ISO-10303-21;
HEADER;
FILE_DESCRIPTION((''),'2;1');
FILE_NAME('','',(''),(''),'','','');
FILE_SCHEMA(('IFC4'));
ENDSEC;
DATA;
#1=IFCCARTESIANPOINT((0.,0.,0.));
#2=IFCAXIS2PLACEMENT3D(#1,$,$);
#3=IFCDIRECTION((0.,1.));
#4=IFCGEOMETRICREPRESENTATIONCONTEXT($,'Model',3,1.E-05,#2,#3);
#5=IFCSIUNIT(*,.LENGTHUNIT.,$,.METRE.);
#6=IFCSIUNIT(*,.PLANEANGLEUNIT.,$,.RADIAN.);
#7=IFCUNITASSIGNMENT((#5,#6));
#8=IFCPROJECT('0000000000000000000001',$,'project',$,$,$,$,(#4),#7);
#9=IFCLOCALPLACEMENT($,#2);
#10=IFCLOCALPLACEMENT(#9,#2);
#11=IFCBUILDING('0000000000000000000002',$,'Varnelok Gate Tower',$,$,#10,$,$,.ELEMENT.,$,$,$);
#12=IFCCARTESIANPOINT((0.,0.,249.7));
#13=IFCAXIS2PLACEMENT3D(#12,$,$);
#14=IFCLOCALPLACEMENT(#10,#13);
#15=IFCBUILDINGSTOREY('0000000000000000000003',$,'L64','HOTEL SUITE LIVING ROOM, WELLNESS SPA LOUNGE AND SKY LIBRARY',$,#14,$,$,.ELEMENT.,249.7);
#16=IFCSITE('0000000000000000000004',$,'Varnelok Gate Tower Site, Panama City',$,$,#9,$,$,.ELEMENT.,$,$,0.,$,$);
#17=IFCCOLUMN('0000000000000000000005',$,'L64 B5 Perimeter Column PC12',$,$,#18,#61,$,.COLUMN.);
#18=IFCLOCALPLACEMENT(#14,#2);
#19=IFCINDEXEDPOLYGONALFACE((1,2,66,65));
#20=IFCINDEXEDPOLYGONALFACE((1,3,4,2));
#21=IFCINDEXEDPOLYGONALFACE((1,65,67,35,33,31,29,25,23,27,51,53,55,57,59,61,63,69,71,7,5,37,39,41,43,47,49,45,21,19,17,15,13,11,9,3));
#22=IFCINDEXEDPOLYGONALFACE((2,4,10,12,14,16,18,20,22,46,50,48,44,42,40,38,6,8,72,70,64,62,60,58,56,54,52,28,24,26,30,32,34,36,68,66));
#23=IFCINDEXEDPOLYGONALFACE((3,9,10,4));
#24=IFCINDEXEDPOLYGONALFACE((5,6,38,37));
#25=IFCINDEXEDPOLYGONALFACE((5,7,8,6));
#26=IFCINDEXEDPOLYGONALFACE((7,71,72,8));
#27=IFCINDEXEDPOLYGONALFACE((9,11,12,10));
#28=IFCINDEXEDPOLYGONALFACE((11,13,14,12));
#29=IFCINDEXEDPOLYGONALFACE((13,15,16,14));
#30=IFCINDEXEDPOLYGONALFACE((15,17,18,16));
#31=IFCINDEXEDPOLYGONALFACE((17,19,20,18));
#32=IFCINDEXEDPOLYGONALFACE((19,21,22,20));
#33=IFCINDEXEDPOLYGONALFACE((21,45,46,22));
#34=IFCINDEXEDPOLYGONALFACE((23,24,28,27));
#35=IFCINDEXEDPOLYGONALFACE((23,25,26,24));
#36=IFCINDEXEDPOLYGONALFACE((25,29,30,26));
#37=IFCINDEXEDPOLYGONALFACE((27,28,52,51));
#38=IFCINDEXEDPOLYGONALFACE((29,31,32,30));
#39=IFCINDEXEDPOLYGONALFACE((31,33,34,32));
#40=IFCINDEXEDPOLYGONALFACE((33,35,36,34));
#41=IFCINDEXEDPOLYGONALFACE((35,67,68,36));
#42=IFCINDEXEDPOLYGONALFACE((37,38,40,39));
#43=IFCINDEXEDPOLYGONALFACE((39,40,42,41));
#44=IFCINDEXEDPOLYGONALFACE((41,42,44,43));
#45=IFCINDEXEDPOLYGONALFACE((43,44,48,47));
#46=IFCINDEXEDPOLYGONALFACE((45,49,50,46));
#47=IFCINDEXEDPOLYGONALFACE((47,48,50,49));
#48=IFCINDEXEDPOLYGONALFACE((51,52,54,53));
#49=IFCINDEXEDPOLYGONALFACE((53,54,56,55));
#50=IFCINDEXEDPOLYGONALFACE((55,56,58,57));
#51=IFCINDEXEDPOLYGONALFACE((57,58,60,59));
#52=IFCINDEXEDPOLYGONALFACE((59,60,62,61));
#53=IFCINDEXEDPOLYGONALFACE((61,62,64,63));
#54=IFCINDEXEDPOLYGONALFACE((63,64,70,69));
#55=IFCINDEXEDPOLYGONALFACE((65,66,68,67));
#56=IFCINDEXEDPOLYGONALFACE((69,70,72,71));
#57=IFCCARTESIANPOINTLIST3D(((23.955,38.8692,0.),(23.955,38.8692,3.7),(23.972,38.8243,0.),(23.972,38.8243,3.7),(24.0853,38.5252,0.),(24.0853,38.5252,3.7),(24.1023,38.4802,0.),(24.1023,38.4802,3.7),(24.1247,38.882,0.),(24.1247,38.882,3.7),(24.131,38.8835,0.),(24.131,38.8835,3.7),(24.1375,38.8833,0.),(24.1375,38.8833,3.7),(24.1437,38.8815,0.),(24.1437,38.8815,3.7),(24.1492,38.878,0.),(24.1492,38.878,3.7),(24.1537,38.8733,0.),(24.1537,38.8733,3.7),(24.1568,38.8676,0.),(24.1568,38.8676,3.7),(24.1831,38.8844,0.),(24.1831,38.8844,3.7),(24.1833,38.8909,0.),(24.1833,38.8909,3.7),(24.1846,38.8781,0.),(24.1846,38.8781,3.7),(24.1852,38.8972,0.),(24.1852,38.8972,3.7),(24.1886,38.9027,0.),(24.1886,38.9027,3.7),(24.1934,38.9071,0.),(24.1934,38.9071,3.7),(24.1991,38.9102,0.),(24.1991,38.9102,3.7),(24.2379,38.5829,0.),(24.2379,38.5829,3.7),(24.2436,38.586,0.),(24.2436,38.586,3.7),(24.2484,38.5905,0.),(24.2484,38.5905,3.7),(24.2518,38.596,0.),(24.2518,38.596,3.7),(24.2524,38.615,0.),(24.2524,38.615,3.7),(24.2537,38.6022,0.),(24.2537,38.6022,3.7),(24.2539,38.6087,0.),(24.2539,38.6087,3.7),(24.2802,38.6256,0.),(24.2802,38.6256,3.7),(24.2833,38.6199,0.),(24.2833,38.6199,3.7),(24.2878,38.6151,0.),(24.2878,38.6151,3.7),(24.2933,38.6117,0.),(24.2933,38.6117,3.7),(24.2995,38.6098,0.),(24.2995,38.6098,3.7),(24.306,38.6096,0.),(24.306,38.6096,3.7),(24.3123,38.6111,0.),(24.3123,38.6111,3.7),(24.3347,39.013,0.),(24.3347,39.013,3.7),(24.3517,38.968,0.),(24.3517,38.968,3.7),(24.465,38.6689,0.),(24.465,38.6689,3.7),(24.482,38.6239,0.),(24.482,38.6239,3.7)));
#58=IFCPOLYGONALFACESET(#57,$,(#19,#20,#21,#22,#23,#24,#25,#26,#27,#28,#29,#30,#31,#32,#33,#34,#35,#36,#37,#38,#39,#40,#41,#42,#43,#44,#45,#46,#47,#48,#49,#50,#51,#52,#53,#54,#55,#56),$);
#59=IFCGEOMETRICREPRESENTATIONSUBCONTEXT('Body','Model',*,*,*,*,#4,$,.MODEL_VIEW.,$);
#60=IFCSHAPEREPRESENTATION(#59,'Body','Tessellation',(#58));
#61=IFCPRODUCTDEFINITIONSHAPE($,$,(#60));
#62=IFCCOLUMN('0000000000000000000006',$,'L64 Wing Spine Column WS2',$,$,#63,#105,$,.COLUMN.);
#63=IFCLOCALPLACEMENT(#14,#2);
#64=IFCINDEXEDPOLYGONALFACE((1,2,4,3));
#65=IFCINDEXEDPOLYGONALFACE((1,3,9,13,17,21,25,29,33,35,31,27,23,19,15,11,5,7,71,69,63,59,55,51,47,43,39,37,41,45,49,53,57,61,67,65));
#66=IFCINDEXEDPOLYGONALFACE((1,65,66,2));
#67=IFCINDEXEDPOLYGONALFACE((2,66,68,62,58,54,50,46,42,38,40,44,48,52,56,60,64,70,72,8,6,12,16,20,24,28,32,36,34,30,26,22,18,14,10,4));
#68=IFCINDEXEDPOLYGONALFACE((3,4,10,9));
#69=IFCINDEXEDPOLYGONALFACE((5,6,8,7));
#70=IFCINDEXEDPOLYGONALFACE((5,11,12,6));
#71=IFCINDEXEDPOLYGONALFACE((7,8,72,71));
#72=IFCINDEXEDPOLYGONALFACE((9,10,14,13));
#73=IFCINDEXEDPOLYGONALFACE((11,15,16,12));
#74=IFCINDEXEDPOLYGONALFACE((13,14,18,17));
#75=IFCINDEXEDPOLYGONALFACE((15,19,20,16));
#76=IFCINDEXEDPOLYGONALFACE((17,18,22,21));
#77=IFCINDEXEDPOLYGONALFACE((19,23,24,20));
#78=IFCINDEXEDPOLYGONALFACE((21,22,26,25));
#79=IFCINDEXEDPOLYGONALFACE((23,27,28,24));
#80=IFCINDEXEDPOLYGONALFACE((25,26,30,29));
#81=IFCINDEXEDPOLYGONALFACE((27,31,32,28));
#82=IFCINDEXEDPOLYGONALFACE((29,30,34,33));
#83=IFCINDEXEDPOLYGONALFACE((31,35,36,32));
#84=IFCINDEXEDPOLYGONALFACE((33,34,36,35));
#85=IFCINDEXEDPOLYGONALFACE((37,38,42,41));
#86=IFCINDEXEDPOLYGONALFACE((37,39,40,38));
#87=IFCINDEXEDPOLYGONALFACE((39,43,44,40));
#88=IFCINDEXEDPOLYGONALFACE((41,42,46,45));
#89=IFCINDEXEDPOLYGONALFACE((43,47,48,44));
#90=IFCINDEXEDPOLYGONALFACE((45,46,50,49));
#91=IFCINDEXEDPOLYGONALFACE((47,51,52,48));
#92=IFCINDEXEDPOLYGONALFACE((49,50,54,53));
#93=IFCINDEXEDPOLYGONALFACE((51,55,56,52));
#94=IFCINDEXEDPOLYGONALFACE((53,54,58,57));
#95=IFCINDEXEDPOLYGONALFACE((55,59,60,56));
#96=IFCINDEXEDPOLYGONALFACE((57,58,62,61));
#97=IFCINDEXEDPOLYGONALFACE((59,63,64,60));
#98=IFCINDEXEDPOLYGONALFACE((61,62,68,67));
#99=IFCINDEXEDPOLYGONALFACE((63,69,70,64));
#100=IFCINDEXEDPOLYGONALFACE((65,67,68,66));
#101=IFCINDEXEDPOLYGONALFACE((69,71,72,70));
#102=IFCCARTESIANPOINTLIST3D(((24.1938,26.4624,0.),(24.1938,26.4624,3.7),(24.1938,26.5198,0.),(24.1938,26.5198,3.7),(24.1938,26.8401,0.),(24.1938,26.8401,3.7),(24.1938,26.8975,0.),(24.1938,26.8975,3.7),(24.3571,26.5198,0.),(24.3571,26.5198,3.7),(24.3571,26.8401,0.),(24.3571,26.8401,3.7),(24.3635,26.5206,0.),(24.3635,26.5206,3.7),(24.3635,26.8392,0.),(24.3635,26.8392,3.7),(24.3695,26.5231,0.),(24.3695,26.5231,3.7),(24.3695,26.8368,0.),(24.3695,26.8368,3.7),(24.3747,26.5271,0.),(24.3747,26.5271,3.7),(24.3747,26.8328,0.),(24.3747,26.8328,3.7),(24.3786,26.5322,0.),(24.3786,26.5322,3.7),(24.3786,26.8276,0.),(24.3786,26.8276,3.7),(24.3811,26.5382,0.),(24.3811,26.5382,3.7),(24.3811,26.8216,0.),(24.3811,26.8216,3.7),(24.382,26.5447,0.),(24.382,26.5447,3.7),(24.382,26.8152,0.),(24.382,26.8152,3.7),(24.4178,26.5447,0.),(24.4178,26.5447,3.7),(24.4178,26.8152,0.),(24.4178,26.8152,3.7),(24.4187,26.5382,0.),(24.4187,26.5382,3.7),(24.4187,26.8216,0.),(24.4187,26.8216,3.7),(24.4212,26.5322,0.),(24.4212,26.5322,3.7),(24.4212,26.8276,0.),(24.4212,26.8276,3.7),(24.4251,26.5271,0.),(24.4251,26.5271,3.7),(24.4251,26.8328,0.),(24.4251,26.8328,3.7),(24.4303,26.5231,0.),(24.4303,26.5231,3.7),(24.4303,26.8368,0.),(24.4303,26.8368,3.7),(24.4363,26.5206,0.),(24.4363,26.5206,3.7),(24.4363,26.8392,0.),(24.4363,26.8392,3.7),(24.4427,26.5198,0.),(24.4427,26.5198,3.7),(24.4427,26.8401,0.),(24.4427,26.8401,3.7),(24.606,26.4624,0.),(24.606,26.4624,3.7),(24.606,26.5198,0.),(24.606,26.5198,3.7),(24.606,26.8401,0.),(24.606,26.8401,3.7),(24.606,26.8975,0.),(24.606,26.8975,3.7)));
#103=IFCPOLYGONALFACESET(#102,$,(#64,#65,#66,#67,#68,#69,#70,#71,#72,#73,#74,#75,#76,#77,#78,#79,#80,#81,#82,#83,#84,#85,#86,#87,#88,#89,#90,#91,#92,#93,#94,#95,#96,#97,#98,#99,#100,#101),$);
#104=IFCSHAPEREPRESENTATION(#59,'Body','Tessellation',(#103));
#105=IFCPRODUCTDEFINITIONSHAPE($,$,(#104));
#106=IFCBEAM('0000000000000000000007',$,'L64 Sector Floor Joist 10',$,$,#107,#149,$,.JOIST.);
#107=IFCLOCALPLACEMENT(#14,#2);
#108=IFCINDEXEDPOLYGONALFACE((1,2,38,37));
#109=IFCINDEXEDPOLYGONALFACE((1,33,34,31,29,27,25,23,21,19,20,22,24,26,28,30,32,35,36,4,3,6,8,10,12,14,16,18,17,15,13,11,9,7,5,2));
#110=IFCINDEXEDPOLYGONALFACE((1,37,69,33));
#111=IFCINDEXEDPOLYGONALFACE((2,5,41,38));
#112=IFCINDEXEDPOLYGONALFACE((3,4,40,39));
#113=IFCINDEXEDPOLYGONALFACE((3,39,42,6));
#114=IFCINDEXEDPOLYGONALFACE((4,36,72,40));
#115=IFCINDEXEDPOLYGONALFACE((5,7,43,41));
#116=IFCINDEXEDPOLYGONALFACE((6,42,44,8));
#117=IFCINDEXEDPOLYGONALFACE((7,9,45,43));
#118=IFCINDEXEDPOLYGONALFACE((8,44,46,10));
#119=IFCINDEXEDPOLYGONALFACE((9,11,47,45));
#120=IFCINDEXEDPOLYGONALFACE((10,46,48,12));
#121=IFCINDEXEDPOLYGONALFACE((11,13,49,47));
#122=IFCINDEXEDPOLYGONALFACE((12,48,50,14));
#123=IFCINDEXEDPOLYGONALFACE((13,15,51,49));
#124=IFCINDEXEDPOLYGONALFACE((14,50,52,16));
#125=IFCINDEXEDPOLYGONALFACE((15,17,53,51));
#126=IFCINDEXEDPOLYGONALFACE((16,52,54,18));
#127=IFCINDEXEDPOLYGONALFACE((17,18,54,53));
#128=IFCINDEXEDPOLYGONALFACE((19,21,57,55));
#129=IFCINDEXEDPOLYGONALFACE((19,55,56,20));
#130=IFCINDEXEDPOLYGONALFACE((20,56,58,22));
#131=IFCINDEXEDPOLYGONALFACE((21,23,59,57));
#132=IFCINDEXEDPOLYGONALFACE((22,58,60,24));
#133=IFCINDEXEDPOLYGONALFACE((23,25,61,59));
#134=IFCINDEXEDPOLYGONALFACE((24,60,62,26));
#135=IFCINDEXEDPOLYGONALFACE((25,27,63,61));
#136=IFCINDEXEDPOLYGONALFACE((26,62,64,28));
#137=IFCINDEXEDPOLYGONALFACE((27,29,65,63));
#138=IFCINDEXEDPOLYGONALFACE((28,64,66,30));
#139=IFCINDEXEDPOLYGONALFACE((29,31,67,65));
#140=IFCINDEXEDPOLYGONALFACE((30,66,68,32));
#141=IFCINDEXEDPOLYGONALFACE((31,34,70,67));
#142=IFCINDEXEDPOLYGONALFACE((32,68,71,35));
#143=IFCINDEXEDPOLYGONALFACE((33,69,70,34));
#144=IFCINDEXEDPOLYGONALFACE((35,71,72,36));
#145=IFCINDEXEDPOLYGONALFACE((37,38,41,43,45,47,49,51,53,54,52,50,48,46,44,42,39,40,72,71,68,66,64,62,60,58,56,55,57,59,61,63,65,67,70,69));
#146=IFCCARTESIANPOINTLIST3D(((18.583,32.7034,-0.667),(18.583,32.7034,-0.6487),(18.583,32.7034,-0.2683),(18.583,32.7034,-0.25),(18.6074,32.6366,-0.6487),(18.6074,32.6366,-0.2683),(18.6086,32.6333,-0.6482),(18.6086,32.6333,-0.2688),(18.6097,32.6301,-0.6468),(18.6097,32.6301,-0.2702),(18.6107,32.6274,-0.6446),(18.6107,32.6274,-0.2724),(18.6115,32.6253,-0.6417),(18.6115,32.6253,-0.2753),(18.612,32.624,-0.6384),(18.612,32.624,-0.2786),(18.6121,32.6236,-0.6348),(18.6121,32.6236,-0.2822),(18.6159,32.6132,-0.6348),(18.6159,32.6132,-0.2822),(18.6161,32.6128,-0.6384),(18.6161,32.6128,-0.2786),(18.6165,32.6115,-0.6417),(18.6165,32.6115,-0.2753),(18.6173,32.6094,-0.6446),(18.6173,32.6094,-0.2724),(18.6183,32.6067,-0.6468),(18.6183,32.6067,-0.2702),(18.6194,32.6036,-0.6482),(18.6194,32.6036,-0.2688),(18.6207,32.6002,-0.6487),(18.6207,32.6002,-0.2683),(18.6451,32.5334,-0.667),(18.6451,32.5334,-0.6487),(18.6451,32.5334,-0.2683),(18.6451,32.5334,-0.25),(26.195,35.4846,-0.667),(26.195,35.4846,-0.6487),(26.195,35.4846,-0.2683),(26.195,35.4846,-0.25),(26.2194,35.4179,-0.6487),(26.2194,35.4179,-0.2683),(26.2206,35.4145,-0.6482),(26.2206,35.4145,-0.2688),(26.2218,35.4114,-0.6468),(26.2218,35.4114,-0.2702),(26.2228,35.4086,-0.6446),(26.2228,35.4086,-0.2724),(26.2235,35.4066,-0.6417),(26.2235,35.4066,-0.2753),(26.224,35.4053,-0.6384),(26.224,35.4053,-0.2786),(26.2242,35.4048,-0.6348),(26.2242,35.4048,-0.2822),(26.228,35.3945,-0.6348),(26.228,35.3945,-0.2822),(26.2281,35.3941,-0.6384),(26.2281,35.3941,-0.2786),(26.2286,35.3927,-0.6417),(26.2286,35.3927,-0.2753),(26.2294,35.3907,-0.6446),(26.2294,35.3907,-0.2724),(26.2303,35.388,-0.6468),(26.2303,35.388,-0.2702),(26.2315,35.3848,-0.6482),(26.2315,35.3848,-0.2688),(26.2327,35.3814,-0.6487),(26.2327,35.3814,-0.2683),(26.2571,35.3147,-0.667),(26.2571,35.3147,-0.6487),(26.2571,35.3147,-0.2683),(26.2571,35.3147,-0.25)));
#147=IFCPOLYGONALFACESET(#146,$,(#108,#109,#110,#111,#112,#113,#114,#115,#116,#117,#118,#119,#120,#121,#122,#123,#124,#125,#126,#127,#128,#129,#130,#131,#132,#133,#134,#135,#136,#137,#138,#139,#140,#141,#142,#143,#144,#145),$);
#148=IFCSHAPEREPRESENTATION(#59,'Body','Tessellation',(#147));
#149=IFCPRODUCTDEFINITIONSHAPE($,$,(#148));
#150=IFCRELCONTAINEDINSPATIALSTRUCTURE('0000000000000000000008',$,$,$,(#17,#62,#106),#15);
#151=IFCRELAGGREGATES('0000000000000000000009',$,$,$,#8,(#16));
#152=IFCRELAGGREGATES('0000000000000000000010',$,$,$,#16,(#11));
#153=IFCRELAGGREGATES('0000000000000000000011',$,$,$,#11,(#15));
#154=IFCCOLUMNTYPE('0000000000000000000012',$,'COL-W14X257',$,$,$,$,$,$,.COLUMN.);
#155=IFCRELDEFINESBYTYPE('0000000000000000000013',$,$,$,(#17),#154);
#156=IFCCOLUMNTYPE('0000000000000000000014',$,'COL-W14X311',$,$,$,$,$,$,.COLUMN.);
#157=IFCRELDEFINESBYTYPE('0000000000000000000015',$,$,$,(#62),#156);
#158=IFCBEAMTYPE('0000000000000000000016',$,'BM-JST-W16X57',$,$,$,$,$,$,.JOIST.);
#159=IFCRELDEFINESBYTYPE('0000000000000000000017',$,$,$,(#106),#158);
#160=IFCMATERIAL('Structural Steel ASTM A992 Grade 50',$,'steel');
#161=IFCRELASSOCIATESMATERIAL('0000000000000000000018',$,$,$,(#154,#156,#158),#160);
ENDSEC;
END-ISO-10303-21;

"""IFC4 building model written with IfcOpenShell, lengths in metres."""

from ifc_helpers import new_model, si_unit, direction, frame, origin, origin_2d, place, context, subcontext, project, spatial, i_section, extrude, material, material_profile, profile_set, type_object, element, save


model = new_model("IFC4")

# Units and contexts
model_context = context("Model", 3, precision=1e-05, world=origin(), true_north=direction((0.0, 1.0)))
body_context = subcontext(model_context, "Body", "Model", "MODEL_VIEW")
ifc_project = project(units=[si_unit("LENGTHUNIT", "METRE"), si_unit("PLANEANGLEUNIT", "RADIAN")], contexts=[model_context])

# Site, building, storey
site_placement = place(None, origin())
site = spatial("IfcSite", under=ifc_project, at=site_placement, Name="Varnelok Gate Tower Site, Panama City", CompositionType="ELEMENT", RefElevation=0.0)
building_placement = place(site_placement, origin())
building = spatial("IfcBuilding", under=site, at=building_placement, Name="Varnelok Gate Tower", CompositionType="ELEMENT")
storey_placement = place(building_placement, frame((0.0, 0.0, 249.7)))
storey = spatial("IfcBuildingStorey", under=building, at=storey_placement, Name="L64", Description="HOTEL SUITE LIVING ROOM, WELLNESS SPA LOUNGE AND SKY LIBRARY", CompositionType="ELEMENT", Elevation=249.7)

# Columns
ifc_material_1 = material(Name="Structural Steel ASTM A992 Grade 50", Category="steel")
ifc_material_profile_1 = material_profile(ifc_material_1, i_section(OverallWidth=0.406, OverallDepth=0.416, WebThickness=0.0298, FlangeThickness=0.0481, FilletRadius=0.0249, at=origin_2d()), Name="W14X257")
ifc_profile_set_1 = profile_set([ifc_material_profile_1], Name="Structural Steel ASTM A992 Grade 50")
column_type_1 = type_object("IfcColumnType", Name="COL-W14X257", PredefinedType="COLUMN", material=ifc_profile_set_1)
column_1_placement = place(storey_placement, frame((24.2185, 38.7466, 0.0), z_axis=(0.0, 0.0, 1.0), x_axis=(0.935222, 0.354063, 0.0)))
element("IfcColumn", 1, at=column_1_placement, inside=storey, type_object=column_type_1, Name="L64 B5 Perimeter Column PC12", PredefinedType="COLUMN", context=body_context, shape_type="SweptSolid", body=[
    extrude(i_section(OverallWidth=0.406, OverallDepth=0.416, WebThickness=0.0298, FlangeThickness=0.0481, FilletRadius=0.0249, at=origin_2d()), origin(), (0.0, 0.0, 1.0), 3.7),
])
ifc_material_profile_2 = material_profile(ifc_material_1, i_section(OverallWidth=0.4121, OverallDepth=0.4351, WebThickness=0.0359, FlangeThickness=0.0574, FilletRadius=0.0249, at=origin_2d()), Name="W14X311")
ifc_profile_set_2 = profile_set([ifc_material_profile_2], Name="Structural Steel ASTM A992 Grade 50")
column_type_2 = type_object("IfcColumnType", Name="COL-W14X311", PredefinedType="COLUMN", material=ifc_profile_set_2)
column_2_placement = place(storey_placement, frame((24.3999, 26.6799, 0.0), z_axis=(0.0, 0.0, 1.0), x_axis=(1.0, 0.0, 0.0)))
element("IfcColumn", 2, at=column_2_placement, inside=storey, type_object=column_type_2, Name="L64 Wing Spine Column WS2", PredefinedType="COLUMN", context=body_context, shape_type="SweptSolid", body=[
    extrude(i_section(OverallWidth=0.4121, OverallDepth=0.4351, WebThickness=0.0359, FlangeThickness=0.0574, FilletRadius=0.0249, at=origin_2d()), origin(), (0.0, 0.0, 1.0), 3.7),
])

# Beam
ifc_material_profile_3 = material_profile(ifc_material_1, i_section(OverallWidth=0.1809, OverallDepth=0.417, WebThickness=0.011, FlangeThickness=0.0183, FilletRadius=0.0139, at=origin_2d()), Name="W16X57")
ifc_profile_set_3 = profile_set([ifc_material_profile_3], Name="Structural Steel ASTM A992 Grade 50")
beam_type_1 = type_object("IfcBeamType", Name="BM-JST-W16X57", PredefinedType="JOIST", material=ifc_profile_set_3)
beam_1_placement = place(storey_placement, frame((26.2261, 35.3997, -0.4585), z_axis=(-0.939268, -0.343184, 0.0), x_axis=(0.343184, -0.939268, 0.0)))
element("IfcBeam", 3, at=beam_1_placement, inside=storey, type_object=beam_type_1, Name="L64 Sector Floor Joist 10", PredefinedType="JOIST", context=body_context, shape_type="SweptSolid", body=[
    extrude(i_section(OverallWidth=0.1809, OverallDepth=0.417, WebThickness=0.011, FlangeThickness=0.0183, FilletRadius=0.0139, at=origin_2d()), origin(), (0.0, 0.0, 1.0), 8.1042),
])

save(model, "model.ifc")
